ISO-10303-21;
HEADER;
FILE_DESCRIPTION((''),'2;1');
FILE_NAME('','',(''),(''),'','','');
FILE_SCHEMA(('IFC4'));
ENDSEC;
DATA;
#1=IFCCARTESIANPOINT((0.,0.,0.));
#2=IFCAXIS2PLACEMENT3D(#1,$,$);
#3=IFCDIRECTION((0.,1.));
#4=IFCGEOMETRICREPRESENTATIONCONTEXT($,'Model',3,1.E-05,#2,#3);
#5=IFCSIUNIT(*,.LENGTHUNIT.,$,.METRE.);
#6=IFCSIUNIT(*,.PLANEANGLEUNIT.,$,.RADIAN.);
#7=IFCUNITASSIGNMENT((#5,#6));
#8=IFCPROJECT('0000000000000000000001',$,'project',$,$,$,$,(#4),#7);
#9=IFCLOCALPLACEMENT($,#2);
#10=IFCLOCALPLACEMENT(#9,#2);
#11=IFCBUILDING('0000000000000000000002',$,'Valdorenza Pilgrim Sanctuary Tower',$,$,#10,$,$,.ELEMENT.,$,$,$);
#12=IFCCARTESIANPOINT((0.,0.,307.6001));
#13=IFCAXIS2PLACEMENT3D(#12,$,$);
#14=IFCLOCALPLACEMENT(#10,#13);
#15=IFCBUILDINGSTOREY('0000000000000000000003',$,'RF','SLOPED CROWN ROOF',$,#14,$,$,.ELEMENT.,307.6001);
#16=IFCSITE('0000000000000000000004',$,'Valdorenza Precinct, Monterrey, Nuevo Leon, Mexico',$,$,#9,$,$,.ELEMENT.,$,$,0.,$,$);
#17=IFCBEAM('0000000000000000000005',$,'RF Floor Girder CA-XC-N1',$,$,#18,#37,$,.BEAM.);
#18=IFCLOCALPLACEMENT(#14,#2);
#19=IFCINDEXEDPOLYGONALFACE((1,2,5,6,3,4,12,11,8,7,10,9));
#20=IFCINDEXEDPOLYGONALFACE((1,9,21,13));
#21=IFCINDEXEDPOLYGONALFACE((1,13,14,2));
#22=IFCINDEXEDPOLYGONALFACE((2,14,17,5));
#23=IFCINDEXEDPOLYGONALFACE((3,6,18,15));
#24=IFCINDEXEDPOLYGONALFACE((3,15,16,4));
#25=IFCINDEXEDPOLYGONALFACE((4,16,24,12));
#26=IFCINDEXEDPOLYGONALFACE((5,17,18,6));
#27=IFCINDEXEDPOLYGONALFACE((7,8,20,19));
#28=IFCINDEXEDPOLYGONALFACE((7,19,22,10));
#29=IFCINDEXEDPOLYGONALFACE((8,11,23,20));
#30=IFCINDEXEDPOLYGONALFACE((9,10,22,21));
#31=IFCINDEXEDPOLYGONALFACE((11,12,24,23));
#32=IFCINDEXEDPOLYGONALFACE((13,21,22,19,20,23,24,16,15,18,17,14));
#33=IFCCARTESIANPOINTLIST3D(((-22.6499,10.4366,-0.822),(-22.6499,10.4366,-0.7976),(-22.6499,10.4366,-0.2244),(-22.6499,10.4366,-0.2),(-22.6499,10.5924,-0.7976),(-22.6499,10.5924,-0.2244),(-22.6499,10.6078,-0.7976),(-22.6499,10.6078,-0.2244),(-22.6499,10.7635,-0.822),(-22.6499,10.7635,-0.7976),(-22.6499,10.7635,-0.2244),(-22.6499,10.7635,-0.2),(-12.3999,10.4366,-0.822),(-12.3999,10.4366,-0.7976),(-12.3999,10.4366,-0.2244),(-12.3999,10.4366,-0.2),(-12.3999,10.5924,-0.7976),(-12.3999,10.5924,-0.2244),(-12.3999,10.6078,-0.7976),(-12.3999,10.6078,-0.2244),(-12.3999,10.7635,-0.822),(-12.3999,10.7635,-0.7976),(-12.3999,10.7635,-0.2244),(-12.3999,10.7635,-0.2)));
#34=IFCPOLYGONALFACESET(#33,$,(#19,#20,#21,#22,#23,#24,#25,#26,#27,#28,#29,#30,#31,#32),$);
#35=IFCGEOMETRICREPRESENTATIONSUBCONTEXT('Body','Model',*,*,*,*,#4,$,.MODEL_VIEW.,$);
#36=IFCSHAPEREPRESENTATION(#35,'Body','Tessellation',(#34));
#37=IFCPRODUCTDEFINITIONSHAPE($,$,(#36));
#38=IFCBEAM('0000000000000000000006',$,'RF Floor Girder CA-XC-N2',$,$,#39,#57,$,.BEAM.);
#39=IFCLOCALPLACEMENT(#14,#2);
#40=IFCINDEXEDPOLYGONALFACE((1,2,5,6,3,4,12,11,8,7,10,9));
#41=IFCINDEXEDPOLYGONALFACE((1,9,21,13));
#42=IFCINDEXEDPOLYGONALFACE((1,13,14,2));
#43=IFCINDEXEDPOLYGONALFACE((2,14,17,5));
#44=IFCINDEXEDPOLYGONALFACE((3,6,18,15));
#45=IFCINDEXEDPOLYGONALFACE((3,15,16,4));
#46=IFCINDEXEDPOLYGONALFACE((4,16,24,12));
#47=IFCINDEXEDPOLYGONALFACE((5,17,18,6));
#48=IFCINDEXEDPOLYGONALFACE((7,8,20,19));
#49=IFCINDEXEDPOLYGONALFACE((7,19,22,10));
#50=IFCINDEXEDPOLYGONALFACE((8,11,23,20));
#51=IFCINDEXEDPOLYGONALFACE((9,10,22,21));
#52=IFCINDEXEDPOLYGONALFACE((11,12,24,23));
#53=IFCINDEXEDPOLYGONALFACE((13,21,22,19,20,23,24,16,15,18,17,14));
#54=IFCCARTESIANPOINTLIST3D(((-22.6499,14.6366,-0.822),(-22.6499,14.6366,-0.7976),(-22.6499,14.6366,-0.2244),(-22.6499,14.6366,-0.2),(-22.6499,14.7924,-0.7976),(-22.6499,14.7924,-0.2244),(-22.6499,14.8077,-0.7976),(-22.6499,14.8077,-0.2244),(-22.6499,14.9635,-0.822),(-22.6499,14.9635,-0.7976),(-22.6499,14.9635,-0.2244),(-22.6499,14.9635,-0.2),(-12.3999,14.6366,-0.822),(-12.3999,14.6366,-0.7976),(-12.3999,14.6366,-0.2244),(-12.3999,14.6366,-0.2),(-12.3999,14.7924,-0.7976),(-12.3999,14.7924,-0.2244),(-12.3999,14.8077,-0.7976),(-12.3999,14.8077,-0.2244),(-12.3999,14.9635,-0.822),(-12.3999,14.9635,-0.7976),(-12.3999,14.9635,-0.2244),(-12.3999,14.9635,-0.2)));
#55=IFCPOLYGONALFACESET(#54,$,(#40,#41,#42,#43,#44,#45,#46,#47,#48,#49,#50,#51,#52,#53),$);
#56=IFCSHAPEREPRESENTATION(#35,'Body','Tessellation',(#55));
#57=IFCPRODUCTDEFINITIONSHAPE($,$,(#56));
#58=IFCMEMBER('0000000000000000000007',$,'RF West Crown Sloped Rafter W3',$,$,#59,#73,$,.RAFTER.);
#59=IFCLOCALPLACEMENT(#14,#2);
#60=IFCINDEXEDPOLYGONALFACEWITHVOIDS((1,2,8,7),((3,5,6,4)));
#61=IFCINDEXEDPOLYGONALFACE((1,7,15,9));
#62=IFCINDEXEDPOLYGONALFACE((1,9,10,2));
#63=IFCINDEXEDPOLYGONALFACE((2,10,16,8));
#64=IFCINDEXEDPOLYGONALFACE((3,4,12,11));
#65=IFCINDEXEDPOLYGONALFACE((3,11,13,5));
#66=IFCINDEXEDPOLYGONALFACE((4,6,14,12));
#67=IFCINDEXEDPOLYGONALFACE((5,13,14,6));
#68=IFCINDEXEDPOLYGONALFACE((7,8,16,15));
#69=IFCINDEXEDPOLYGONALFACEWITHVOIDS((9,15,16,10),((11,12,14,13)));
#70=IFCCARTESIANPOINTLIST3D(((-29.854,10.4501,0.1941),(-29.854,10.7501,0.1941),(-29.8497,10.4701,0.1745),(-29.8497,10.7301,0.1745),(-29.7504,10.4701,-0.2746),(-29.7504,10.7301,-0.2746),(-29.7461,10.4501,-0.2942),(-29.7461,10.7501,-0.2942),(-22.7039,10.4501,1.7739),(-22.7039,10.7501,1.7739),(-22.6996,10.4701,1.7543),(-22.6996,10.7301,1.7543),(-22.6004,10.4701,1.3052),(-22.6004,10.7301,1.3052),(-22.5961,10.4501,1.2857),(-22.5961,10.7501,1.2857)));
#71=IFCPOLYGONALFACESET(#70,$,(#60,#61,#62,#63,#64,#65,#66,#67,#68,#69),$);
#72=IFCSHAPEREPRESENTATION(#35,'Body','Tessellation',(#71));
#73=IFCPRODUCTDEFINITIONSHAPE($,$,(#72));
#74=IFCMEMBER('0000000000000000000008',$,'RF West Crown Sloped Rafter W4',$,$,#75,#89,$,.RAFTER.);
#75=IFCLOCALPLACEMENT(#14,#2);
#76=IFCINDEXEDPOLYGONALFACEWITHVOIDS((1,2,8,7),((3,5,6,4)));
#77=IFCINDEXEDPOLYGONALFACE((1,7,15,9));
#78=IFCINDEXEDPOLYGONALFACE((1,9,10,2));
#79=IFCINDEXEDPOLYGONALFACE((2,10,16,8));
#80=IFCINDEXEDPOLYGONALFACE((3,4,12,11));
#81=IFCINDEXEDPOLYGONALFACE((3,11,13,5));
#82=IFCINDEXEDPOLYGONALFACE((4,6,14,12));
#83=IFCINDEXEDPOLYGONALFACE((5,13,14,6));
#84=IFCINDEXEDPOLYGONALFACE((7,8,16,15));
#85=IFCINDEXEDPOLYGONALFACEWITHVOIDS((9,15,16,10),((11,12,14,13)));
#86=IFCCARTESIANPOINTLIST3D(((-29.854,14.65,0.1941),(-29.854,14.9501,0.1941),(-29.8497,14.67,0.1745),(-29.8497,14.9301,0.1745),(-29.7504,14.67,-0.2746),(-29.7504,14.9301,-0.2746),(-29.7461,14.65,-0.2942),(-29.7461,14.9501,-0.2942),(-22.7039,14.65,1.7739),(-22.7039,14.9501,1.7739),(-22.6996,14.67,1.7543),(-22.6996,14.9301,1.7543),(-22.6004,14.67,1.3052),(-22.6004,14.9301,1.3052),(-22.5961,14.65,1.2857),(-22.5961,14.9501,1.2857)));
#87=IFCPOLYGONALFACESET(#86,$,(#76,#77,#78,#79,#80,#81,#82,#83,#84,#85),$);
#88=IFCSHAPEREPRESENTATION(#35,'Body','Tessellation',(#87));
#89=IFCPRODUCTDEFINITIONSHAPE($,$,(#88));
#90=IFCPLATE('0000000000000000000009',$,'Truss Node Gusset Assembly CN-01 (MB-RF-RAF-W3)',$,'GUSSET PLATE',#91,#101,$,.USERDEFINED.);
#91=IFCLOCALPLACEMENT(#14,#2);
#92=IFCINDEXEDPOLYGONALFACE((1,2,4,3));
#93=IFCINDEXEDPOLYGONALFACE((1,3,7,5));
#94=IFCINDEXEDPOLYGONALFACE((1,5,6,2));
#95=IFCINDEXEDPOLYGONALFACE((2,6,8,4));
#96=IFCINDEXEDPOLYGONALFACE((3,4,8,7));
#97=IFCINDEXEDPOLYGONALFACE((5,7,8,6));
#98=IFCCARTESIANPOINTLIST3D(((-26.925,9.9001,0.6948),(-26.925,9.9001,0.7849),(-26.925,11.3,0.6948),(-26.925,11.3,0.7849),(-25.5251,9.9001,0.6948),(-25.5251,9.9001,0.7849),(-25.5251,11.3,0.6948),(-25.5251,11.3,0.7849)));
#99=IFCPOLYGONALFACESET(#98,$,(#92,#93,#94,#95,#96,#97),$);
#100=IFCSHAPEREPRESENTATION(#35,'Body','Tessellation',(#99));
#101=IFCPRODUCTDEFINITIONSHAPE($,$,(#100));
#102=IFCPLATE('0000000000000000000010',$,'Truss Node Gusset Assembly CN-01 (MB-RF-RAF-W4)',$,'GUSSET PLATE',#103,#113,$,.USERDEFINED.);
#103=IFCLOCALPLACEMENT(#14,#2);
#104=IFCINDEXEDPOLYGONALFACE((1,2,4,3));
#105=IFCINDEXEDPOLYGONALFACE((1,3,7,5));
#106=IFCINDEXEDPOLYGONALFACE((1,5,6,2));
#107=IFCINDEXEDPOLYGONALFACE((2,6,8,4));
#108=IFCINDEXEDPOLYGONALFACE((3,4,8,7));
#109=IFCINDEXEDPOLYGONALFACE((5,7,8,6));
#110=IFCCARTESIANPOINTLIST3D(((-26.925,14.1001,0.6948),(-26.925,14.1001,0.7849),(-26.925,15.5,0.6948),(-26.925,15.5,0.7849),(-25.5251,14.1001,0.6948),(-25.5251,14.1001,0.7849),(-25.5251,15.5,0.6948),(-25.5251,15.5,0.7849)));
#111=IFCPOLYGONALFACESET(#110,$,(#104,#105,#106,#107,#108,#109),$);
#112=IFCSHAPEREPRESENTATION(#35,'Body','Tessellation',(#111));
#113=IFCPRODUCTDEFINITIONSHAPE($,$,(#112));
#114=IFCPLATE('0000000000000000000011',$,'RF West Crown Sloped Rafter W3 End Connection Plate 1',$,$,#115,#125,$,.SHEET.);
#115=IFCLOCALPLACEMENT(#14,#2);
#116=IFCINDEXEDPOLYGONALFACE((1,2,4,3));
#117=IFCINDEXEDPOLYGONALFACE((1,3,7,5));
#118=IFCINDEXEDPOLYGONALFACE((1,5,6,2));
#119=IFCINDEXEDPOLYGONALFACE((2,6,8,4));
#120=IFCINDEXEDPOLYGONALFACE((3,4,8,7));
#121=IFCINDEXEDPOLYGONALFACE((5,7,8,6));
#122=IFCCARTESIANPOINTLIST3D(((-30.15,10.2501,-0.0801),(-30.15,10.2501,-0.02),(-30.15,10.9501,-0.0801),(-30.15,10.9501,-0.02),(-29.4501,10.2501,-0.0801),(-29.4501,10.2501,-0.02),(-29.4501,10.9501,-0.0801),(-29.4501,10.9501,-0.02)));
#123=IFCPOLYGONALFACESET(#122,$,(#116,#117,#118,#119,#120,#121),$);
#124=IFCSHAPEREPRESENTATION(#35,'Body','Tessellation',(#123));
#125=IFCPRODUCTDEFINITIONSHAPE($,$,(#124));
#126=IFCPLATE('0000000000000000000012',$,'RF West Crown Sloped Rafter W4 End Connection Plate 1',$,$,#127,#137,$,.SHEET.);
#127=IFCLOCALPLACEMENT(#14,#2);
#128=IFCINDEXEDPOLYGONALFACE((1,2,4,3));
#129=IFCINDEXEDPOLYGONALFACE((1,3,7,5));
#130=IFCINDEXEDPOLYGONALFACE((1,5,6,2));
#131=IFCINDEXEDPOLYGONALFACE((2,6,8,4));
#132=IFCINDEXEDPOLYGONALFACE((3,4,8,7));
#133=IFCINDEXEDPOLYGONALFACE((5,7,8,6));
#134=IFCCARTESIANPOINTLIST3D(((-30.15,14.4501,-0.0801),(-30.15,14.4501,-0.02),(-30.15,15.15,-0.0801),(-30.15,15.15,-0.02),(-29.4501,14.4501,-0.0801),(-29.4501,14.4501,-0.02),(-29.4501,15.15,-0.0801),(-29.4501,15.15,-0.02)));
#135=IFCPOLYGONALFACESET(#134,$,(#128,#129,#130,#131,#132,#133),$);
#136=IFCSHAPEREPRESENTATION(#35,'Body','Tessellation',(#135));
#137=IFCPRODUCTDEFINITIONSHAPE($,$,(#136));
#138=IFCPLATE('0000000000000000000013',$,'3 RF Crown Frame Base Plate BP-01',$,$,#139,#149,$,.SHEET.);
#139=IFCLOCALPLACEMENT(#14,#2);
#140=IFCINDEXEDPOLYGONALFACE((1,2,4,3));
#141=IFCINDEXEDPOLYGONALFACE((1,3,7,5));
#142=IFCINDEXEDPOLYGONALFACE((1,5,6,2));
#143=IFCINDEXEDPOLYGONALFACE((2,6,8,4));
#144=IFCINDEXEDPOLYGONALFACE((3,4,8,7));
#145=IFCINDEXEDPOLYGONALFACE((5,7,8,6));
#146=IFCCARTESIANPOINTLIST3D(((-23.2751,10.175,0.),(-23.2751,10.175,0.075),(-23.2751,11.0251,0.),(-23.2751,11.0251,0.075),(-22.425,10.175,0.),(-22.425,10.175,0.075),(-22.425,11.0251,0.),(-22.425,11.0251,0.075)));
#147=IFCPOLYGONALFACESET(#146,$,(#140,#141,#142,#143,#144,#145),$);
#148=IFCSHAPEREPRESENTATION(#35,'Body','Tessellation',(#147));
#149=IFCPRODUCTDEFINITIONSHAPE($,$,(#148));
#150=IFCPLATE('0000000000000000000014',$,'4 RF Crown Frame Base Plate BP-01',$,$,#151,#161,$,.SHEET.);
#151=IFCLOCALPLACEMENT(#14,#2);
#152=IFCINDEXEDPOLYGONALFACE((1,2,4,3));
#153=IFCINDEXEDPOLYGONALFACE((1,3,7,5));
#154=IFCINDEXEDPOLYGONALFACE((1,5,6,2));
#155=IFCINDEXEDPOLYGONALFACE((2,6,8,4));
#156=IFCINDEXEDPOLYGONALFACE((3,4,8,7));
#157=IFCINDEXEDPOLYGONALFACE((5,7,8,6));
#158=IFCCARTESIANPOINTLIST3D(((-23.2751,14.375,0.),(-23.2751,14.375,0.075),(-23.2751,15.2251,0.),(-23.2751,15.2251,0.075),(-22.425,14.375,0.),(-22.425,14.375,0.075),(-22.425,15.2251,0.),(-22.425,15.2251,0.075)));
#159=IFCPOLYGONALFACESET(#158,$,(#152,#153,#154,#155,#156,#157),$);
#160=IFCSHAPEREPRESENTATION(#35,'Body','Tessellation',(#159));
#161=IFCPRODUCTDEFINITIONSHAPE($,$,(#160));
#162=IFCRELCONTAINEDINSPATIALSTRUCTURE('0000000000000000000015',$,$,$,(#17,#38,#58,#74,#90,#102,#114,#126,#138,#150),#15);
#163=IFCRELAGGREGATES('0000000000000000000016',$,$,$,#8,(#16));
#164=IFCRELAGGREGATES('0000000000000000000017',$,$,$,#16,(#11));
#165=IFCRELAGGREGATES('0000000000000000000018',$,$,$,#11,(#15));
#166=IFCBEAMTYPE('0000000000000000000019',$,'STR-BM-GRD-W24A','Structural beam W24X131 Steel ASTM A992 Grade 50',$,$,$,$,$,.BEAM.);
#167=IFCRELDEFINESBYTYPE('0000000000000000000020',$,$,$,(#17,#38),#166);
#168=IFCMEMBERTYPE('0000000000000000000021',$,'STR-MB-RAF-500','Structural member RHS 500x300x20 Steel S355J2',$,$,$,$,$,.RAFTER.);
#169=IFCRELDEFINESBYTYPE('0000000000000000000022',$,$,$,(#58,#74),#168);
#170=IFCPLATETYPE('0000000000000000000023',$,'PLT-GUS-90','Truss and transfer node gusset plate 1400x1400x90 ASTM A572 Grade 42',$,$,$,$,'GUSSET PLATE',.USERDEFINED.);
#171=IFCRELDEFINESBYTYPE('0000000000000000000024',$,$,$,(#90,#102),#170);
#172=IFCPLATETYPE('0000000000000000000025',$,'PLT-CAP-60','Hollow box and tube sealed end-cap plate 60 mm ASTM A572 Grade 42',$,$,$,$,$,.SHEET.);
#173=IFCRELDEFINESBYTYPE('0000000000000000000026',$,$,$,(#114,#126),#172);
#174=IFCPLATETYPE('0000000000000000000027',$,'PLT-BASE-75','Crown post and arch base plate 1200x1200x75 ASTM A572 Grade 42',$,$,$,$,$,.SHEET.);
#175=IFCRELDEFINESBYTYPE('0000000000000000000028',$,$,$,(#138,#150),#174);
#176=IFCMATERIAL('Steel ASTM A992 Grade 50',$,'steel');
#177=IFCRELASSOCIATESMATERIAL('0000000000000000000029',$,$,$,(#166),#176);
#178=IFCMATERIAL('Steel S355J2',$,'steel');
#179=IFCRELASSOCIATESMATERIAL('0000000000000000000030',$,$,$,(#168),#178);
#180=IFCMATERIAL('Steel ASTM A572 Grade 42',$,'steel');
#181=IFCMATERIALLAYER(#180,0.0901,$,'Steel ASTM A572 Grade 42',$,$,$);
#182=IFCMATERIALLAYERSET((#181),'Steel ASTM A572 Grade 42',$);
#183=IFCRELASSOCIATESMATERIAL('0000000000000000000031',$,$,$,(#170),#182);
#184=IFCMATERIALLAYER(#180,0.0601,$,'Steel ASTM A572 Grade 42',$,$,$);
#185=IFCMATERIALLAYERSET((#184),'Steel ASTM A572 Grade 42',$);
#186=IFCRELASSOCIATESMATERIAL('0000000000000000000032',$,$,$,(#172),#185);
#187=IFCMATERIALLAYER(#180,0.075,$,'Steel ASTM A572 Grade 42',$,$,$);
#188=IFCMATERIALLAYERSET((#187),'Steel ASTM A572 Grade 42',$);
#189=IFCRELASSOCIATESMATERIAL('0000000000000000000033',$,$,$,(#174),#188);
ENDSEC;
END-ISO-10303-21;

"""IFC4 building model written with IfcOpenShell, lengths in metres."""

from ifc_helpers import new_model, si_unit, direction, frame, origin, origin_2d, place, context, subcontext, project, spatial, rectangle, hollow_rectangle, i_section, extrude, source, transform, mapped, material, layer, layer_set, material_profile, profile_set, type_object, element, save


model = new_model("IFC4")

# Units and contexts
model_context = context("Model", 3, precision=1e-05, world=origin(), true_north=direction((0.0, 1.0)))
body_context = subcontext(model_context, "Body", "Model", "MODEL_VIEW")
ifc_project = project(units=[si_unit("LENGTHUNIT", "METRE"), si_unit("PLANEANGLEUNIT", "RADIAN")], contexts=[model_context])

# Site, building, storey
site_placement = place(None, origin())
site = spatial("IfcSite", under=ifc_project, at=site_placement, Name="Valdorenza Precinct, Monterrey, Nuevo Leon, Mexico", CompositionType="ELEMENT", RefElevation=0.0)
building_placement = place(site_placement, origin())
building = spatial("IfcBuilding", under=site, at=building_placement, Name="Valdorenza Pilgrim Sanctuary Tower", CompositionType="ELEMENT")
storey_placement = place(building_placement, frame((0.0, 0.0, 307.6001)))
storey = spatial("IfcBuildingStorey", under=building, at=storey_placement, Name="RF", Description="SLOPED CROWN ROOF", CompositionType="ELEMENT", Elevation=307.6001)

# Shared definitions
ifc_material_1 = material(Name="Steel ASTM A992 Grade 50", Category="steel")

# Beams
ifc_material_profile_1 = material_profile(ifc_material_1, i_section(OverallWidth=0.3269, OverallDepth=0.6221, WebThickness=0.0154, FlangeThickness=0.0244, at=origin_2d()), Name="W24X131")
ifc_profile_set_1 = profile_set([ifc_material_profile_1], Name="Steel ASTM A992 Grade 50")
beam_type_1 = type_object("IfcBeamType", Name="STR-BM-GRD-W24A", Description="Structural beam W24X131 Steel ASTM A992 Grade 50", PredefinedType="BEAM", material=ifc_profile_set_1)
shared_shape_1 = source(origin(), body_context, "Body", "SweptSolid", [
    extrude(i_section(OverallWidth=0.3269, OverallDepth=0.6221, WebThickness=0.0154, FlangeThickness=0.0244, at=origin_2d()), origin(), (0.0, 0.0, 1.0), 10.25),
])
for number, where, z_axis, x_axis, name in (
    (1, (-22.6499, 10.6001, -0.511), (1.0, 0.0, 0.0), (0.0, 1.0, 0.0), "RF Floor Girder CA-XC-N1"),
    (2, (-22.6499, 14.8, -0.511), (1.0, 0.0, 0.0), (0.0, 1.0, 0.0), "RF Floor Girder CA-XC-N2"),
):
    element("IfcBeam", number, at=place(storey_placement, frame(where, z_axis=z_axis, x_axis=x_axis)), inside=storey, type_object=beam_type_1, Name=name, PredefinedType="BEAM", context=body_context, shape_type="MappedRepresentation", body=[
        mapped(shared_shape_1, transform((0.0, 0.0, 0.0), x_axis=(1.0, 0.0, 0.0), y_axis=(0.0, 1.0, 0.0), z_axis=(0.0, 0.0, 1.0), scale=1.0)),
    ])

# Members
ifc_material_2 = material(Name="Steel S355J2", Category="steel")
ifc_material_profile_2 = material_profile(ifc_material_2, hollow_rectangle(XDim=0.3, YDim=0.5, WallThickness=0.02, at=origin_2d()), Name="RHS 500x300x20")
ifc_profile_set_2 = profile_set([ifc_material_profile_2], Name="Steel S355J2")
member_type = type_object("IfcMemberType", Name="STR-MB-RAF-500", Description="Structural member RHS 500x300x20 Steel S355J2", PredefinedType="RAFTER", material=ifc_profile_set_2)
shared_shape_2 = source(origin(), body_context, "Body", "SweptSolid", [
    extrude(hollow_rectangle(XDim=0.3, YDim=0.5, WallThickness=0.02, at=origin_2d()), origin(), (0.0, 0.0, 1.0), 7.3225),
])
for number, where, z_axis, x_axis, name in (
    (3, (-29.8, 10.6001, -0.05), (0.976449, 0.0, 0.215748), (0.0, 1.0, 0.0), "RF West Crown Sloped Rafter W3"),
    (4, (-29.8, 14.8, -0.05), (0.976449, 0.0, 0.215748), (0.0, 1.0, 0.0), "RF West Crown Sloped Rafter W4"),
):
    element("IfcMember", number, at=place(storey_placement, frame(where, z_axis=z_axis, x_axis=x_axis)), inside=storey, type_object=member_type, Name=name, PredefinedType="RAFTER", context=body_context, shape_type="MappedRepresentation", body=[
        mapped(shared_shape_2, transform((0.0, 0.0, 0.0), x_axis=(1.0, 0.0, 0.0), y_axis=(0.0, 1.0, 0.0), z_axis=(0.0, 0.0, 1.0), scale=1.0)),
    ])

# Plates
ifc_material_3 = material(Name="Steel ASTM A572 Grade 42", Category="steel")
ifc_layer_1 = layer(ifc_material_3, 0.0901, Name="Steel ASTM A572 Grade 42")
ifc_layer_set_1 = layer_set([ifc_layer_1], Name="Steel ASTM A572 Grade 42")
plate_type_1 = type_object("IfcPlateType", Name="PLT-GUS-90", Description="Truss and transfer node gusset plate 1400x1400x90 ASTM A572 Grade 42", ElementType="GUSSET PLATE", PredefinedType="USERDEFINED", material=ifc_layer_set_1)
shared_shape_3 = source(origin(), body_context, "Body", "SweptSolid", [
    extrude(rectangle(XDim=1.3999, YDim=1.3999, at=origin_2d()), origin(), (0.0, 0.0, 1.0), 0.0901),
])
for number, where, z_axis, x_axis, name in (
    (5, (-26.2251, 10.6001, 0.6948), (0.0, 0.0, 1.0), (1.0, 0.0, 0.0), "Truss Node Gusset Assembly CN-01 (MB-RF-RAF-W3)"),
    (6, (-26.2251, 14.8, 0.6948), (0.0, 0.0, 1.0), (1.0, 0.0, 0.0), "Truss Node Gusset Assembly CN-01 (MB-RF-RAF-W4)"),
):
    element("IfcPlate", number, at=place(storey_placement, frame(where, z_axis=z_axis, x_axis=x_axis)), inside=storey, type_object=plate_type_1, Name=name, ObjectType="GUSSET PLATE", PredefinedType="USERDEFINED", context=body_context, shape_type="MappedRepresentation", body=[
        mapped(shared_shape_3, transform((0.0, 0.0, 0.0), x_axis=(1.0, 0.0, 0.0), y_axis=(0.0, 1.0, 0.0), z_axis=(0.0, 0.0, 1.0), scale=1.0)),
    ])
ifc_layer_2 = layer(ifc_material_3, 0.0601, Name="Steel ASTM A572 Grade 42")
ifc_layer_set_2 = layer_set([ifc_layer_2], Name="Steel ASTM A572 Grade 42")
plate_type_2 = type_object("IfcPlateType", Name="PLT-CAP-60", Description="Hollow box and tube sealed end-cap plate 60 mm ASTM A572 Grade 42", PredefinedType="SHEET", material=ifc_layer_set_2)
shared_shape_4 = source(origin(), body_context, "Body", "SweptSolid", [
    extrude(rectangle(XDim=0.7, YDim=0.7, at=origin_2d()), origin(), (0.0, 0.0, 1.0), 0.0601),
])
for number, where, z_axis, x_axis, name in (
    (7, (-29.8, 10.6001, -0.0801), (0.0, 0.0, 1.0), (1.0, 0.0, 0.0), "RF West Crown Sloped Rafter W3 End Connection Plate 1"),
    (8, (-29.8, 14.8, -0.0801), (0.0, 0.0, 1.0), (1.0, 0.0, 0.0), "RF West Crown Sloped Rafter W4 End Connection Plate 1"),
):
    element("IfcPlate", number, at=place(storey_placement, frame(where, z_axis=z_axis, x_axis=x_axis)), inside=storey, type_object=plate_type_2, Name=name, PredefinedType="SHEET", context=body_context, shape_type="MappedRepresentation", body=[
        mapped(shared_shape_4, transform((0.0, 0.0, 0.0), x_axis=(1.0, 0.0, 0.0), y_axis=(0.0, 1.0, 0.0), z_axis=(0.0, 0.0, 1.0), scale=1.0)),
    ])
ifc_layer_3 = layer(ifc_material_3, 0.075, Name="Steel ASTM A572 Grade 42")
ifc_layer_set_3 = layer_set([ifc_layer_3], Name="Steel ASTM A572 Grade 42")
plate_type_3 = type_object("IfcPlateType", Name="PLT-BASE-75", Description="Crown post and arch base plate 1200x1200x75 ASTM A572 Grade 42", PredefinedType="SHEET", material=ifc_layer_set_3)
shared_shape_5 = source(origin(), body_context, "Body", "SweptSolid", [
    extrude(rectangle(XDim=0.8501, YDim=0.8501, at=origin_2d()), origin(), (0.0, 0.0, 1.0), 0.075),
])
for number, where, z_axis, x_axis, name in (
    (9, (-22.8501, 10.6001, 0.0), (0.0, 0.0, 1.0), (1.0, 0.0, 0.0), "3 RF Crown Frame Base Plate BP-01"),
    (10, (-22.8501, 14.8, 0.0), (0.0, 0.0, 1.0), (1.0, 0.0, 0.0), "4 RF Crown Frame Base Plate BP-01"),
):
    element("IfcPlate", number, at=place(storey_placement, frame(where, z_axis=z_axis, x_axis=x_axis)), inside=storey, type_object=plate_type_3, Name=name, PredefinedType="SHEET", context=body_context, shape_type="MappedRepresentation", body=[
        mapped(shared_shape_5, transform((0.0, 0.0, 0.0), x_axis=(1.0, 0.0, 0.0), y_axis=(0.0, 1.0, 0.0), z_axis=(0.0, 0.0, 1.0), scale=1.0)),
    ])

save(model, "model.ifc")
